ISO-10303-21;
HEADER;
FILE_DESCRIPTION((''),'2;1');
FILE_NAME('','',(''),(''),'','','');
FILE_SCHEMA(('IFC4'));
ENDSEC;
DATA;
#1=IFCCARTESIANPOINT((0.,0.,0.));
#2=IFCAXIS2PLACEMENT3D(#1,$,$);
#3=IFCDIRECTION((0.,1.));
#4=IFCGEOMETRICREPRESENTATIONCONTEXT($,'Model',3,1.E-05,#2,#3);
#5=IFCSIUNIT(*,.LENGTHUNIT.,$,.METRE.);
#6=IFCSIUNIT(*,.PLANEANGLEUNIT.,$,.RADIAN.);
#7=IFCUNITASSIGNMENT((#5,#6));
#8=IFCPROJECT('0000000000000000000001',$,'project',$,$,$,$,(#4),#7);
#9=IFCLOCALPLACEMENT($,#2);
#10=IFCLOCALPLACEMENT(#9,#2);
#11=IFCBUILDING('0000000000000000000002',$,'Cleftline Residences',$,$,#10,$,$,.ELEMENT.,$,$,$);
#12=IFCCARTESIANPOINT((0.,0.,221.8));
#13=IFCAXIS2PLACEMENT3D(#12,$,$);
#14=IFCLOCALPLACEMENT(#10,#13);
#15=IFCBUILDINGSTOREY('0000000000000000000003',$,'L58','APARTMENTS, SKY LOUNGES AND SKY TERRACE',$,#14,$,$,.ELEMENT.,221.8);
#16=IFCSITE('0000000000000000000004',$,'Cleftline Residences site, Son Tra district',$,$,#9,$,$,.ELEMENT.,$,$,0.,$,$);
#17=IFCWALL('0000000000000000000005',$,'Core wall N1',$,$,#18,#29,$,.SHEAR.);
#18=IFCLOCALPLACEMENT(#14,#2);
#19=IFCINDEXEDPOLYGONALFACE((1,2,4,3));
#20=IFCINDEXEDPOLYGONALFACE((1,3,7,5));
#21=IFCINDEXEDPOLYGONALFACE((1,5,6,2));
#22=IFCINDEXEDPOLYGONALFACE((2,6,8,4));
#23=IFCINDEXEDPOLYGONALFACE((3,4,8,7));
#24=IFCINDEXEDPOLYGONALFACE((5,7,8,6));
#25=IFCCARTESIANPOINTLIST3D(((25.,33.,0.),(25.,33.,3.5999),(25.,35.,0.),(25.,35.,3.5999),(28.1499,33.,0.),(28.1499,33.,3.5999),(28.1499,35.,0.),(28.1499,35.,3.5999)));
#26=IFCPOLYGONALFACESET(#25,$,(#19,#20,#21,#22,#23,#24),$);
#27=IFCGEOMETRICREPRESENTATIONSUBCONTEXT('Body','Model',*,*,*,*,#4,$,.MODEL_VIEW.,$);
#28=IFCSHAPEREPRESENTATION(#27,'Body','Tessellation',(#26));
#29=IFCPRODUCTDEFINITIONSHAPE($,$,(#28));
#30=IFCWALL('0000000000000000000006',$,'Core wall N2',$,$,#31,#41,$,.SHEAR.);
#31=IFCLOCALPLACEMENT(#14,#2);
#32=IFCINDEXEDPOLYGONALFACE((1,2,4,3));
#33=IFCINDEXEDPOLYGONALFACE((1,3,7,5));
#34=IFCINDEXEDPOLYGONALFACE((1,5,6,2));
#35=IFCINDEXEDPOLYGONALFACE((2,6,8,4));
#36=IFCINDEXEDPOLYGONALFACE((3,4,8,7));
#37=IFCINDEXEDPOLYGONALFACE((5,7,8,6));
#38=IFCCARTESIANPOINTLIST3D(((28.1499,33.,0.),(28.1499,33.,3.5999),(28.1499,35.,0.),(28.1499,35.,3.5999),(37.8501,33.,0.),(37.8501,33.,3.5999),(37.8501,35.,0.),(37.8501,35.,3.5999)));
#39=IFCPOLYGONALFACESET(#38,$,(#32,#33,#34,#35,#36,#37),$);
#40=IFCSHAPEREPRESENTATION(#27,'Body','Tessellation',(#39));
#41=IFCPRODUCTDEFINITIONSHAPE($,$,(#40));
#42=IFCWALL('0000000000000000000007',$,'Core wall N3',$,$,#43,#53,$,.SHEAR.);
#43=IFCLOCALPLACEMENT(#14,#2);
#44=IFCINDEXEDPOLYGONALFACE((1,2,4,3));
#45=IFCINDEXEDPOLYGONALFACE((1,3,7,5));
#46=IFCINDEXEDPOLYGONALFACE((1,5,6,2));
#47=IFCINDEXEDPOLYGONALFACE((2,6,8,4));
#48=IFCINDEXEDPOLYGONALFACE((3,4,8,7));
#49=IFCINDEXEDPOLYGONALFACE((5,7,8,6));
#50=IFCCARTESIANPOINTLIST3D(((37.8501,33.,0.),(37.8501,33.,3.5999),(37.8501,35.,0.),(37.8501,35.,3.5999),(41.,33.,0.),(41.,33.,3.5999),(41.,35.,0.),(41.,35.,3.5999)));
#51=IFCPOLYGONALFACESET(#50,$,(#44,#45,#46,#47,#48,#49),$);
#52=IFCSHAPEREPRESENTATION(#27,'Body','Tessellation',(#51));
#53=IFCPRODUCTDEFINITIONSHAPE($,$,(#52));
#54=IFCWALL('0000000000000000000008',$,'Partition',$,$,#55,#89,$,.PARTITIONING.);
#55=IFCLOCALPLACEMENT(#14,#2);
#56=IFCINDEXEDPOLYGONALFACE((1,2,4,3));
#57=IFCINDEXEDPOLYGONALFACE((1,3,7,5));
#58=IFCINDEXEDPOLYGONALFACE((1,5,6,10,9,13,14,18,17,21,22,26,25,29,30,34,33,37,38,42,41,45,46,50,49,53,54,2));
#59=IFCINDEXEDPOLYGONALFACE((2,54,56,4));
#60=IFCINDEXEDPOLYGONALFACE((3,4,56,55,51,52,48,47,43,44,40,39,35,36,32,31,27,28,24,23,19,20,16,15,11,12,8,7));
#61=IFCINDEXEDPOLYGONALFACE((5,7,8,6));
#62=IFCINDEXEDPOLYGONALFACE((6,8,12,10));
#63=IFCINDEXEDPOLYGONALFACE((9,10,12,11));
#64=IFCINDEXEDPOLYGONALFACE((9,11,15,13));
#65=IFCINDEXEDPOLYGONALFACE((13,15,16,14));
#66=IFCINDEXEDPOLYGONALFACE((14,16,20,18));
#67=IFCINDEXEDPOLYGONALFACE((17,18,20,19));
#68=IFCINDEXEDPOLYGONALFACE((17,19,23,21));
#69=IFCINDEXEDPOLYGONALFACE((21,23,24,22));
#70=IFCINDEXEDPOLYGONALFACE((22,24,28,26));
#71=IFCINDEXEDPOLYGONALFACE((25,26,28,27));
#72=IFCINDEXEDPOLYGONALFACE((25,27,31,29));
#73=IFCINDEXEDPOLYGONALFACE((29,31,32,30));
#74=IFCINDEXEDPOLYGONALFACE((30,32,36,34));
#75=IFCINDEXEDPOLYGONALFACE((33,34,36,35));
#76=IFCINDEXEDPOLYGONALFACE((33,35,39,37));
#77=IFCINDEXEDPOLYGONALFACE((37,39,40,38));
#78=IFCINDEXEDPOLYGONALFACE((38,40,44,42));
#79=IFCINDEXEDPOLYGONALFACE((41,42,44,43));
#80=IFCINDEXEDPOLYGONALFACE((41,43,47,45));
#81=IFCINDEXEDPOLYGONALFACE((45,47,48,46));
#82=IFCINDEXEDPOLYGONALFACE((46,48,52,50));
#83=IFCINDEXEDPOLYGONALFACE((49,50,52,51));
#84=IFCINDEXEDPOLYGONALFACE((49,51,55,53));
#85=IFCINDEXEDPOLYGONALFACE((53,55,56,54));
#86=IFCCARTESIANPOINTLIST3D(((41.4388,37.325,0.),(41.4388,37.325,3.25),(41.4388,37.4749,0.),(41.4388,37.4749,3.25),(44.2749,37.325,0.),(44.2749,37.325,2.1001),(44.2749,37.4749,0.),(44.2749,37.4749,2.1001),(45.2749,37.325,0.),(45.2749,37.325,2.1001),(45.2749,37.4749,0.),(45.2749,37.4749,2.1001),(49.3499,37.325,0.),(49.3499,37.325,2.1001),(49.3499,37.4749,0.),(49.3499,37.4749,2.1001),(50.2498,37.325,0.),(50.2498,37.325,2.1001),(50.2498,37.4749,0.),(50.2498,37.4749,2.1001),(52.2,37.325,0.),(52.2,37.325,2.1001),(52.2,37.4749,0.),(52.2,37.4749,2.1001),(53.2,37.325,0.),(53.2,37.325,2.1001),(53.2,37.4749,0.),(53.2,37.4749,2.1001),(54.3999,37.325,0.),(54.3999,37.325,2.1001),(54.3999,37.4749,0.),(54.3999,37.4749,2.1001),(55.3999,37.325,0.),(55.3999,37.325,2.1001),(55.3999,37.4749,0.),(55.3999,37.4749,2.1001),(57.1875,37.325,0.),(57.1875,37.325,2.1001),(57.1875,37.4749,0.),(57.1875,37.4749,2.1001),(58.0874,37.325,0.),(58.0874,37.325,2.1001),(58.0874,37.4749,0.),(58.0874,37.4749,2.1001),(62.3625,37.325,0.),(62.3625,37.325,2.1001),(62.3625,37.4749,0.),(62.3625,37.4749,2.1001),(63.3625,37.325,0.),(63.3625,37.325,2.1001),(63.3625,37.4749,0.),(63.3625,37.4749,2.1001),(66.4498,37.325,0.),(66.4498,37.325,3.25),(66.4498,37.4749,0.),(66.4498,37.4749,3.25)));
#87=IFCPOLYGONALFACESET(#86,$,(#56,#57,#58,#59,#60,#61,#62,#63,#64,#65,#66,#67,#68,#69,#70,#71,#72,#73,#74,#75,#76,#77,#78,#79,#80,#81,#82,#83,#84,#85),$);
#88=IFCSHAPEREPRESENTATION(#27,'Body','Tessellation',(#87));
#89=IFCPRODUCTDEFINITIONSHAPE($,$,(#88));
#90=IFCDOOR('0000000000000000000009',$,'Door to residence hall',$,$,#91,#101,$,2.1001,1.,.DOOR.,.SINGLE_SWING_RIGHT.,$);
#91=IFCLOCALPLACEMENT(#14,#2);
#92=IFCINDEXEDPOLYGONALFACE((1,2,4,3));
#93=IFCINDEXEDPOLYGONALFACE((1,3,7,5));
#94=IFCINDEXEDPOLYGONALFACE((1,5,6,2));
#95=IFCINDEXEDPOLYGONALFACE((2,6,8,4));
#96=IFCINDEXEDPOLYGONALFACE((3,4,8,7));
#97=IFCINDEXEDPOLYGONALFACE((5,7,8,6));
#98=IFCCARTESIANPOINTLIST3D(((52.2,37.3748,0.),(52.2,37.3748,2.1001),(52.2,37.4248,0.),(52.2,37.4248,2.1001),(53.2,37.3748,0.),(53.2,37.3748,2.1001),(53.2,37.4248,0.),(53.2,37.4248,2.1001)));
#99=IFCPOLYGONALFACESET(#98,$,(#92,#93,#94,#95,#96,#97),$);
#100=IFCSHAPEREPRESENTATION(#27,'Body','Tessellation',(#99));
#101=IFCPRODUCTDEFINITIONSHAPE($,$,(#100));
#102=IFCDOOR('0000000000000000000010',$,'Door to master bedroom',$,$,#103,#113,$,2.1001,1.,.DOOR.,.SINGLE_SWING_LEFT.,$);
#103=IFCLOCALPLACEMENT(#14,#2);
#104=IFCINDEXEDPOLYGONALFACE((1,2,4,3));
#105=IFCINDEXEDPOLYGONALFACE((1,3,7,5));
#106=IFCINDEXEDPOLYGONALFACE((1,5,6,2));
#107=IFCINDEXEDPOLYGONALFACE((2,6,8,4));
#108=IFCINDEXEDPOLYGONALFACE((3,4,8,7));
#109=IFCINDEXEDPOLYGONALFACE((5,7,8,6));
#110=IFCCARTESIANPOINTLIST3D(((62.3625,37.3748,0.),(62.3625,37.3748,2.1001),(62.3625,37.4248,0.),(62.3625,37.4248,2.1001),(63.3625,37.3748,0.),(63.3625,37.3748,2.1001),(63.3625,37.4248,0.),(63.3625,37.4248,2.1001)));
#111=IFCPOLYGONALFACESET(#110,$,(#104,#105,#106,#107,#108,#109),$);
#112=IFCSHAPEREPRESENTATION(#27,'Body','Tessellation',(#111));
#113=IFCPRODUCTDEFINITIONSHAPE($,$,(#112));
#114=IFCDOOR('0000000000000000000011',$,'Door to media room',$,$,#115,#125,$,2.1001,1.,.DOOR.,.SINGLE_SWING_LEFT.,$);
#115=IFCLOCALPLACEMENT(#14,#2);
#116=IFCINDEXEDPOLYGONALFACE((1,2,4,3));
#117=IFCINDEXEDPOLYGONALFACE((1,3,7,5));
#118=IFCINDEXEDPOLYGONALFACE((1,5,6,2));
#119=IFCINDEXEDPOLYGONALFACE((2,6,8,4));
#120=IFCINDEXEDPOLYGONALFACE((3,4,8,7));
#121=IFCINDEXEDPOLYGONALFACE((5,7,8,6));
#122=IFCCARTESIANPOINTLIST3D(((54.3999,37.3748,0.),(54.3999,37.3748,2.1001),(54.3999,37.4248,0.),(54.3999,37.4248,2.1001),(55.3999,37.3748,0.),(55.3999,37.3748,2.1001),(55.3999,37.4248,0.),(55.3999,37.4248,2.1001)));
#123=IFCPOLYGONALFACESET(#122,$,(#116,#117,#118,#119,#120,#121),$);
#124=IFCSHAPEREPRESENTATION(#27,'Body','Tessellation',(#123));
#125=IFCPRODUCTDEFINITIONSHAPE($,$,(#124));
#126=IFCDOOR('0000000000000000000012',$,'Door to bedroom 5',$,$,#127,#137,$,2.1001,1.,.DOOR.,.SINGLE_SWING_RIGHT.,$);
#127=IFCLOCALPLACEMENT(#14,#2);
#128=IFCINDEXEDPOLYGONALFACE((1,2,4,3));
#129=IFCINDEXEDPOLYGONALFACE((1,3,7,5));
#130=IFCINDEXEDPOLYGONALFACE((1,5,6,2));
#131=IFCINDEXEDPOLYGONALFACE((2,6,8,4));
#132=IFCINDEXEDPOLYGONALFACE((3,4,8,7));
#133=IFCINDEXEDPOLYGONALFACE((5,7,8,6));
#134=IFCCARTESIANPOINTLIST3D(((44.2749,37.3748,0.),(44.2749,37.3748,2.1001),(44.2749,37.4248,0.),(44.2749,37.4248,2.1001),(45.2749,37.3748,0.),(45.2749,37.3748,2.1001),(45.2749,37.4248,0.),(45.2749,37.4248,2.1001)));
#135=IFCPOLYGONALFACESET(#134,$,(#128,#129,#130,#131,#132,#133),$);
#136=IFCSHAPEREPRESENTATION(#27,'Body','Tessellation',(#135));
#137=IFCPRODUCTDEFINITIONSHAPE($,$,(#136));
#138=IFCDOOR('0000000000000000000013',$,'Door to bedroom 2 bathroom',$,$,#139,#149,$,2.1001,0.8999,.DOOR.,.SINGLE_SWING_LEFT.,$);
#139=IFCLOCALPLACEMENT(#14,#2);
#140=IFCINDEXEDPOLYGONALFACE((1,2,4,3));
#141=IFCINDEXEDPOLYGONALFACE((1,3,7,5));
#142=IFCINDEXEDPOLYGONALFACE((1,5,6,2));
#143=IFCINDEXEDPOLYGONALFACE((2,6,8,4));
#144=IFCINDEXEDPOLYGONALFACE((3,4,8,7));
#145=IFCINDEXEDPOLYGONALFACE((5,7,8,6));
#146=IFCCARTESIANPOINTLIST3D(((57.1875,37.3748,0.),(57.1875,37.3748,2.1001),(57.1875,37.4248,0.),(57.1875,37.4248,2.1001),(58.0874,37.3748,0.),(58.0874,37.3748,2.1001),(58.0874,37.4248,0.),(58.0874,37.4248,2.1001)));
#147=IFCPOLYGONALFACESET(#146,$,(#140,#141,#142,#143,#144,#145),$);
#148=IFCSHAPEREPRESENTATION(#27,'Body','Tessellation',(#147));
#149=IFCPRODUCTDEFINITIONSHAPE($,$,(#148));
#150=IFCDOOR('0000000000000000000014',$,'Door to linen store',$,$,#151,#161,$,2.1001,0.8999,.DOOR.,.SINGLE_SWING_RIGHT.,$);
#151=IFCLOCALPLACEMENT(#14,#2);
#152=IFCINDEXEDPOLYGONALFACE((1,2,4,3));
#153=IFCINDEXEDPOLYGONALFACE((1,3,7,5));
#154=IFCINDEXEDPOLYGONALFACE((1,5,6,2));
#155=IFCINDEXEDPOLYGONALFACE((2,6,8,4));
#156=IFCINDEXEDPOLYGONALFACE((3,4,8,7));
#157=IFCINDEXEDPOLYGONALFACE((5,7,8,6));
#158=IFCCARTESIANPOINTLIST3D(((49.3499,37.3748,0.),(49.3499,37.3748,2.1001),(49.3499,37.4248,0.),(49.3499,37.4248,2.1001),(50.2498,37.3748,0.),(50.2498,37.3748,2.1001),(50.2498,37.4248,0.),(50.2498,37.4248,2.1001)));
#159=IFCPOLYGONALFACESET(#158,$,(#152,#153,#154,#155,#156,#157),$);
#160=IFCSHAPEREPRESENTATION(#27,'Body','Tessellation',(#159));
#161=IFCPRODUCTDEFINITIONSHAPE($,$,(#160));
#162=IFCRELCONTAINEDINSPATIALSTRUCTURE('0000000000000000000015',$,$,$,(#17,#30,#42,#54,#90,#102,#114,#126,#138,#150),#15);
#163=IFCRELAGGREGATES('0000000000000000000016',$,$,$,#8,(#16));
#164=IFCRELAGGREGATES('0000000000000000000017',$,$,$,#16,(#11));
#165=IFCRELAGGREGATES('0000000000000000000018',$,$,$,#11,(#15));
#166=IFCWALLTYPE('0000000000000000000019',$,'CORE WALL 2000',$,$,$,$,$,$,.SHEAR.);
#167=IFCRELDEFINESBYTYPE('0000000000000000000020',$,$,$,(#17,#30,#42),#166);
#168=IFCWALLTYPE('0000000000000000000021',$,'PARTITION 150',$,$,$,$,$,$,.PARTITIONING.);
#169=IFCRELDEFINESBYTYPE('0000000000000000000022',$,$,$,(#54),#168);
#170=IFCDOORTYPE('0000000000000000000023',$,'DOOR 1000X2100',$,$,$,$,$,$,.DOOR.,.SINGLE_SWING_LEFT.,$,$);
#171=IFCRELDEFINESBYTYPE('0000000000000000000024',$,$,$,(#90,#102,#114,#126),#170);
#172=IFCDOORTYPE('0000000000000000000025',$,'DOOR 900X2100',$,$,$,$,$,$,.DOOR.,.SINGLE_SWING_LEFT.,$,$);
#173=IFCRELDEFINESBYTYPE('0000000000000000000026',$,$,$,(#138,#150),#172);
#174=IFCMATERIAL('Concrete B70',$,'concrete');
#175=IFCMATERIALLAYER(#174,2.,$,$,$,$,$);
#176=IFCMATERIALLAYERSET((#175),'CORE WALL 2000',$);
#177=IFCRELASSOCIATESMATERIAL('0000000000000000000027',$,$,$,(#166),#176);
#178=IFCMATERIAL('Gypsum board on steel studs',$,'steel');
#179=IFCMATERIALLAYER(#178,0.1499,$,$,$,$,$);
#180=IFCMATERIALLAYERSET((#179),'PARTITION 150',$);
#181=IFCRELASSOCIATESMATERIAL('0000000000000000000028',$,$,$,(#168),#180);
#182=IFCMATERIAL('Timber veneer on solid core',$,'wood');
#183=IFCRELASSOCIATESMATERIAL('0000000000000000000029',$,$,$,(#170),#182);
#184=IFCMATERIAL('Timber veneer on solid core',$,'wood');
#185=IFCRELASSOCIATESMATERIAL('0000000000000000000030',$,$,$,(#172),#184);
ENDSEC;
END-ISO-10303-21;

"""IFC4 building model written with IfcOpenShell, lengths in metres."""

from ifc_helpers import new_model, si_unit, direction, frame, frame_2d, origin, place, context, subcontext, project, spatial, rectangle, extrude, material, layer, layer_set, type_object, element, fill, save


model = new_model("IFC4")

# Units and contexts
model_context = context("Model", 3, precision=1e-05, world=origin(), true_north=direction((0.0, 1.0)))
body_context = subcontext(model_context, "Body", "Model", "MODEL_VIEW")
ifc_project = project(units=[si_unit("LENGTHUNIT", "METRE"), si_unit("PLANEANGLEUNIT", "RADIAN")], contexts=[model_context])

# Site, building, storey
site_placement = place(None, origin())
site = spatial("IfcSite", under=ifc_project, at=site_placement, Name="Cleftline Residences site, Son Tra district", CompositionType="ELEMENT", RefElevation=0.0)
building_placement = place(site_placement, origin())
building = spatial("IfcBuilding", under=site, at=building_placement, Name="Cleftline Residences", CompositionType="ELEMENT")
storey_placement = place(building_placement, frame((0.0, 0.0, 221.8)))
storey = spatial("IfcBuildingStorey", under=building, at=storey_placement, Name="L58", Description="APARTMENTS, SKY LOUNGES AND SKY TERRACE", CompositionType="ELEMENT", Elevation=221.8)

# Walls
ifc_material_1 = material(Name="Concrete B70", Category="concrete")
ifc_layer_1 = layer(ifc_material_1, 2.0)
ifc_layer_set_1 = layer_set([ifc_layer_1], Name="CORE WALL 2000")
wall_type_1 = type_object("IfcWallType", Name="CORE WALL 2000", PredefinedType="SHEAR", material=ifc_layer_set_1)
wall_1_placement = place(storey_placement, frame((25.0, 34.0, 0.0), z_axis=(0.0, 0.0, 1.0), x_axis=(1.0, 0.0, 0.0)))
element("IfcWall", 1, at=wall_1_placement, inside=storey, type_object=wall_type_1, Name="Core wall N1", PredefinedType="SHEAR", context=body_context, shape_type="SweptSolid", body=[
    extrude(rectangle(XDim=3.1499, YDim=2.0, at=frame_2d((1.575, 0.0))), origin(), (0.0, 0.0, 1.0), 3.5999),
])
wall_2_placement = place(storey_placement, frame((28.1499, 34.0, 0.0), z_axis=(0.0, 0.0, 1.0), x_axis=(1.0, 0.0, 0.0)))
element("IfcWall", 2, at=wall_2_placement, inside=storey, type_object=wall_type_1, Name="Core wall N2", PredefinedType="SHEAR", context=body_context, shape_type="SweptSolid", body=[
    extrude(rectangle(XDim=9.7002, YDim=2.0, at=frame_2d((4.8501, 0.0))), origin(), (0.0, 0.0, 1.0), 3.5999),
])
wall_3_placement = place(storey_placement, frame((37.8501, 34.0, 0.0), z_axis=(0.0, 0.0, 1.0), x_axis=(1.0, 0.0, 0.0)))
element("IfcWall", 3, at=wall_3_placement, inside=storey, type_object=wall_type_1, Name="Core wall N3", PredefinedType="SHEAR", context=body_context, shape_type="SweptSolid", body=[
    extrude(rectangle(XDim=3.1499, YDim=2.0, at=frame_2d((1.575, 0.0))), origin(), (0.0, 0.0, 1.0), 3.5999),
])

# Wall, openings, doors
ifc_material_2 = material(Name="Gypsum board on steel studs", Category="steel")
ifc_layer_2 = layer(ifc_material_2, 0.1499)
ifc_layer_set_2 = layer_set([ifc_layer_2], Name="PARTITION 150")
wall_type_2 = type_object("IfcWallType", Name="PARTITION 150", PredefinedType="PARTITIONING", material=ifc_layer_set_2)
wall_4_placement = place(storey_placement, frame((41.439, 37.3999, 0.0), z_axis=(0.0, 0.0, 1.0), x_axis=(1.0, 0.0, 0.0)))
wall_4 = element("IfcWall", 4, at=wall_4_placement, inside=storey, type_object=wall_type_2, Name="Partition", PredefinedType="PARTITIONING", context=body_context, shape_type="SweptSolid", body=[
    extrude(rectangle(XDim=25.011, YDim=0.1499, at=frame_2d((12.5054, 0.0))), origin(), (0.0, 0.0, 1.0), 3.25),
])
opening_1_placement = place(wall_4_placement, frame((10.761, 0.0, 0.0)))
opening_1 = element("IfcOpeningElement", 5, at=opening_1_placement, cuts=wall_4, PredefinedType="OPENING", context=body_context, shape_type="SweptSolid", body=[
    extrude(rectangle(XDim=1.0, YDim=2.1001, at=frame_2d((0.5, 1.05))), frame((0.0, 0.085, 0.0), z_axis=(0.0, -1.0, 0.0), x_axis=(1.0, 0.0, 0.0)), (0.0, 0.0, 1.0), 0.1699),
])
opening_2_placement = place(wall_4_placement, frame((20.9236, 0.0, 0.0)))
opening_2 = element("IfcOpeningElement", 6, at=opening_2_placement, cuts=wall_4, PredefinedType="OPENING", context=body_context, shape_type="SweptSolid", body=[
    extrude(rectangle(XDim=1.0, YDim=2.1001, at=frame_2d((0.5, 1.05))), frame((0.0, 0.085, 0.0), z_axis=(0.0, -1.0, 0.0), x_axis=(1.0, 0.0, 0.0)), (0.0, 0.0, 1.0), 0.1699),
])
opening_3_placement = place(wall_4_placement, frame((15.7485, 0.0, 0.0)))
opening_3 = element("IfcOpeningElement", 7, at=opening_3_placement, cuts=wall_4, PredefinedType="OPENING", context=body_context, shape_type="SweptSolid", body=[
    extrude(rectangle(XDim=0.8999, YDim=2.1001, at=frame_2d((0.45, 1.05))), frame((0.0, 0.085, 0.0), z_axis=(0.0, -1.0, 0.0), x_axis=(1.0, 0.0, 0.0)), (0.0, 0.0, 1.0), 0.1699),
])
opening_4_placement = place(wall_4_placement, frame((12.9609, 0.0, 0.0)))
opening_4 = element("IfcOpeningElement", 8, at=opening_4_placement, cuts=wall_4, PredefinedType="OPENING", context=body_context, shape_type="SweptSolid", body=[
    extrude(rectangle(XDim=1.0, YDim=2.1001, at=frame_2d((0.5, 1.05))), frame((0.0, 0.085, 0.0), z_axis=(0.0, -1.0, 0.0), x_axis=(1.0, 0.0, 0.0)), (0.0, 0.0, 1.0), 0.1699),
])
opening_5_placement = place(wall_4_placement, frame((7.9109, 0.0, 0.0)))
opening_5 = element("IfcOpeningElement", 9, at=opening_5_placement, cuts=wall_4, PredefinedType="OPENING", context=body_context, shape_type="SweptSolid", body=[
    extrude(rectangle(XDim=0.8999, YDim=2.1001, at=frame_2d((0.45, 1.05))), frame((0.0, 0.085, 0.0), z_axis=(0.0, -1.0, 0.0), x_axis=(1.0, 0.0, 0.0)), (0.0, 0.0, 1.0), 0.1699),
])
opening_6_placement = place(wall_4_placement, frame((2.8359, 0.0, 0.0)))
opening_6 = element("IfcOpeningElement", 10, at=opening_6_placement, cuts=wall_4, PredefinedType="OPENING", context=body_context, shape_type="SweptSolid", body=[
    extrude(rectangle(XDim=1.0, YDim=2.1001, at=frame_2d((0.5, 1.05))), frame((0.0, 0.085, 0.0), z_axis=(0.0, -1.0, 0.0), x_axis=(1.0, 0.0, 0.0)), (0.0, 0.0, 1.0), 0.1699),
])
ifc_material_3 = material(Name="Timber veneer on solid core", Category="wood")
door_type_1 = type_object("IfcDoorType", Name="DOOR 1000X2100", OperationType="SINGLE_SWING_LEFT", PredefinedType="DOOR", material=ifc_material_3)
door_1_placement = place(opening_1_placement, origin())
door_1 = element("IfcDoor", 11, at=door_1_placement, inside=storey, type_object=door_type_1, Name="Door to residence hall", OperationType="SINGLE_SWING_RIGHT", OverallHeight=2.1001, OverallWidth=1.0, PredefinedType="DOOR", context=body_context, shape_type="SweptSolid", body=[
    extrude(rectangle(XDim=1.0, YDim=2.1001, at=frame_2d((0.5, 1.05))), frame((0.0, 0.0249, 0.0), z_axis=(0.0, -1.0, 0.0), x_axis=(1.0, 0.0, 0.0)), (0.0, 0.0, 1.0), 0.05),
])
fill(opening_1, door_1)
door_2_placement = place(opening_2_placement, origin())
door_2 = element("IfcDoor", 12, at=door_2_placement, inside=storey, type_object=door_type_1, Name="Door to master bedroom", OperationType="SINGLE_SWING_LEFT", OverallHeight=2.1001, OverallWidth=1.0, PredefinedType="DOOR", context=body_context, shape_type="SweptSolid", body=[
    extrude(rectangle(XDim=1.0, YDim=2.1001, at=frame_2d((0.5, 1.05))), frame((0.0, 0.0249, 0.0), z_axis=(0.0, -1.0, 0.0), x_axis=(1.0, 0.0, 0.0)), (0.0, 0.0, 1.0), 0.05),
])
fill(opening_2, door_2)
door_3_placement = place(opening_4_placement, origin())
door_3 = element("IfcDoor", 13, at=door_3_placement, inside=storey, type_object=door_type_1, Name="Door to media room", OperationType="SINGLE_SWING_LEFT", OverallHeight=2.1001, OverallWidth=1.0, PredefinedType="DOOR", context=body_context, shape_type="SweptSolid", body=[
    extrude(rectangle(XDim=1.0, YDim=2.1001, at=frame_2d((0.5, 1.05))), frame((0.0, 0.0249, 0.0), z_axis=(0.0, -1.0, 0.0), x_axis=(1.0, 0.0, 0.0)), (0.0, 0.0, 1.0), 0.05),
])
fill(opening_4, door_3)
door_4_placement = place(opening_6_placement, origin())
door_4 = element("IfcDoor", 14, at=door_4_placement, inside=storey, type_object=door_type_1, Name="Door to bedroom 5", OperationType="SINGLE_SWING_RIGHT", OverallHeight=2.1001, OverallWidth=1.0, PredefinedType="DOOR", context=body_context, shape_type="SweptSolid", body=[
    extrude(rectangle(XDim=1.0, YDim=2.1001, at=frame_2d((0.5, 1.05))), frame((0.0, 0.0249, 0.0), z_axis=(0.0, -1.0, 0.0), x_axis=(1.0, 0.0, 0.0)), (0.0, 0.0, 1.0), 0.05),
])
fill(opening_6, door_4)
ifc_material_4 = material(Name="Timber veneer on solid core", Category="wood")
door_type_2 = type_object("IfcDoorType", Name="DOOR 900X2100", OperationType="SINGLE_SWING_LEFT", PredefinedType="DOOR", material=ifc_material_4)
door_5_placement = place(opening_3_placement, origin())
door_5 = element("IfcDoor", 15, at=door_5_placement, inside=storey, type_object=door_type_2, Name="Door to bedroom 2 bathroom", OperationType="SINGLE_SWING_LEFT", OverallHeight=2.1001, OverallWidth=0.8999, PredefinedType="DOOR", context=body_context, shape_type="SweptSolid", body=[
    extrude(rectangle(XDim=0.8999, YDim=2.1001, at=frame_2d((0.45, 1.05))), frame((0.0, 0.0249, 0.0), z_axis=(0.0, -1.0, 0.0), x_axis=(1.0, 0.0, 0.0)), (0.0, 0.0, 1.0), 0.05),
])
fill(opening_3, door_5)
door_6_placement = place(opening_5_placement, origin())
door_6 = element("IfcDoor", 16, at=door_6_placement, inside=storey, type_object=door_type_2, Name="Door to linen store", OperationType="SINGLE_SWING_RIGHT", OverallHeight=2.1001, OverallWidth=0.8999, PredefinedType="DOOR", context=body_context, shape_type="SweptSolid", body=[
    extrude(rectangle(XDim=0.8999, YDim=2.1001, at=frame_2d((0.45, 1.05))), frame((0.0, 0.0249, 0.0), z_axis=(0.0, -1.0, 0.0), x_axis=(1.0, 0.0, 0.0)), (0.0, 0.0, 1.0), 0.05),
])
fill(opening_5, door_6)

save(model, "model.ifc")
